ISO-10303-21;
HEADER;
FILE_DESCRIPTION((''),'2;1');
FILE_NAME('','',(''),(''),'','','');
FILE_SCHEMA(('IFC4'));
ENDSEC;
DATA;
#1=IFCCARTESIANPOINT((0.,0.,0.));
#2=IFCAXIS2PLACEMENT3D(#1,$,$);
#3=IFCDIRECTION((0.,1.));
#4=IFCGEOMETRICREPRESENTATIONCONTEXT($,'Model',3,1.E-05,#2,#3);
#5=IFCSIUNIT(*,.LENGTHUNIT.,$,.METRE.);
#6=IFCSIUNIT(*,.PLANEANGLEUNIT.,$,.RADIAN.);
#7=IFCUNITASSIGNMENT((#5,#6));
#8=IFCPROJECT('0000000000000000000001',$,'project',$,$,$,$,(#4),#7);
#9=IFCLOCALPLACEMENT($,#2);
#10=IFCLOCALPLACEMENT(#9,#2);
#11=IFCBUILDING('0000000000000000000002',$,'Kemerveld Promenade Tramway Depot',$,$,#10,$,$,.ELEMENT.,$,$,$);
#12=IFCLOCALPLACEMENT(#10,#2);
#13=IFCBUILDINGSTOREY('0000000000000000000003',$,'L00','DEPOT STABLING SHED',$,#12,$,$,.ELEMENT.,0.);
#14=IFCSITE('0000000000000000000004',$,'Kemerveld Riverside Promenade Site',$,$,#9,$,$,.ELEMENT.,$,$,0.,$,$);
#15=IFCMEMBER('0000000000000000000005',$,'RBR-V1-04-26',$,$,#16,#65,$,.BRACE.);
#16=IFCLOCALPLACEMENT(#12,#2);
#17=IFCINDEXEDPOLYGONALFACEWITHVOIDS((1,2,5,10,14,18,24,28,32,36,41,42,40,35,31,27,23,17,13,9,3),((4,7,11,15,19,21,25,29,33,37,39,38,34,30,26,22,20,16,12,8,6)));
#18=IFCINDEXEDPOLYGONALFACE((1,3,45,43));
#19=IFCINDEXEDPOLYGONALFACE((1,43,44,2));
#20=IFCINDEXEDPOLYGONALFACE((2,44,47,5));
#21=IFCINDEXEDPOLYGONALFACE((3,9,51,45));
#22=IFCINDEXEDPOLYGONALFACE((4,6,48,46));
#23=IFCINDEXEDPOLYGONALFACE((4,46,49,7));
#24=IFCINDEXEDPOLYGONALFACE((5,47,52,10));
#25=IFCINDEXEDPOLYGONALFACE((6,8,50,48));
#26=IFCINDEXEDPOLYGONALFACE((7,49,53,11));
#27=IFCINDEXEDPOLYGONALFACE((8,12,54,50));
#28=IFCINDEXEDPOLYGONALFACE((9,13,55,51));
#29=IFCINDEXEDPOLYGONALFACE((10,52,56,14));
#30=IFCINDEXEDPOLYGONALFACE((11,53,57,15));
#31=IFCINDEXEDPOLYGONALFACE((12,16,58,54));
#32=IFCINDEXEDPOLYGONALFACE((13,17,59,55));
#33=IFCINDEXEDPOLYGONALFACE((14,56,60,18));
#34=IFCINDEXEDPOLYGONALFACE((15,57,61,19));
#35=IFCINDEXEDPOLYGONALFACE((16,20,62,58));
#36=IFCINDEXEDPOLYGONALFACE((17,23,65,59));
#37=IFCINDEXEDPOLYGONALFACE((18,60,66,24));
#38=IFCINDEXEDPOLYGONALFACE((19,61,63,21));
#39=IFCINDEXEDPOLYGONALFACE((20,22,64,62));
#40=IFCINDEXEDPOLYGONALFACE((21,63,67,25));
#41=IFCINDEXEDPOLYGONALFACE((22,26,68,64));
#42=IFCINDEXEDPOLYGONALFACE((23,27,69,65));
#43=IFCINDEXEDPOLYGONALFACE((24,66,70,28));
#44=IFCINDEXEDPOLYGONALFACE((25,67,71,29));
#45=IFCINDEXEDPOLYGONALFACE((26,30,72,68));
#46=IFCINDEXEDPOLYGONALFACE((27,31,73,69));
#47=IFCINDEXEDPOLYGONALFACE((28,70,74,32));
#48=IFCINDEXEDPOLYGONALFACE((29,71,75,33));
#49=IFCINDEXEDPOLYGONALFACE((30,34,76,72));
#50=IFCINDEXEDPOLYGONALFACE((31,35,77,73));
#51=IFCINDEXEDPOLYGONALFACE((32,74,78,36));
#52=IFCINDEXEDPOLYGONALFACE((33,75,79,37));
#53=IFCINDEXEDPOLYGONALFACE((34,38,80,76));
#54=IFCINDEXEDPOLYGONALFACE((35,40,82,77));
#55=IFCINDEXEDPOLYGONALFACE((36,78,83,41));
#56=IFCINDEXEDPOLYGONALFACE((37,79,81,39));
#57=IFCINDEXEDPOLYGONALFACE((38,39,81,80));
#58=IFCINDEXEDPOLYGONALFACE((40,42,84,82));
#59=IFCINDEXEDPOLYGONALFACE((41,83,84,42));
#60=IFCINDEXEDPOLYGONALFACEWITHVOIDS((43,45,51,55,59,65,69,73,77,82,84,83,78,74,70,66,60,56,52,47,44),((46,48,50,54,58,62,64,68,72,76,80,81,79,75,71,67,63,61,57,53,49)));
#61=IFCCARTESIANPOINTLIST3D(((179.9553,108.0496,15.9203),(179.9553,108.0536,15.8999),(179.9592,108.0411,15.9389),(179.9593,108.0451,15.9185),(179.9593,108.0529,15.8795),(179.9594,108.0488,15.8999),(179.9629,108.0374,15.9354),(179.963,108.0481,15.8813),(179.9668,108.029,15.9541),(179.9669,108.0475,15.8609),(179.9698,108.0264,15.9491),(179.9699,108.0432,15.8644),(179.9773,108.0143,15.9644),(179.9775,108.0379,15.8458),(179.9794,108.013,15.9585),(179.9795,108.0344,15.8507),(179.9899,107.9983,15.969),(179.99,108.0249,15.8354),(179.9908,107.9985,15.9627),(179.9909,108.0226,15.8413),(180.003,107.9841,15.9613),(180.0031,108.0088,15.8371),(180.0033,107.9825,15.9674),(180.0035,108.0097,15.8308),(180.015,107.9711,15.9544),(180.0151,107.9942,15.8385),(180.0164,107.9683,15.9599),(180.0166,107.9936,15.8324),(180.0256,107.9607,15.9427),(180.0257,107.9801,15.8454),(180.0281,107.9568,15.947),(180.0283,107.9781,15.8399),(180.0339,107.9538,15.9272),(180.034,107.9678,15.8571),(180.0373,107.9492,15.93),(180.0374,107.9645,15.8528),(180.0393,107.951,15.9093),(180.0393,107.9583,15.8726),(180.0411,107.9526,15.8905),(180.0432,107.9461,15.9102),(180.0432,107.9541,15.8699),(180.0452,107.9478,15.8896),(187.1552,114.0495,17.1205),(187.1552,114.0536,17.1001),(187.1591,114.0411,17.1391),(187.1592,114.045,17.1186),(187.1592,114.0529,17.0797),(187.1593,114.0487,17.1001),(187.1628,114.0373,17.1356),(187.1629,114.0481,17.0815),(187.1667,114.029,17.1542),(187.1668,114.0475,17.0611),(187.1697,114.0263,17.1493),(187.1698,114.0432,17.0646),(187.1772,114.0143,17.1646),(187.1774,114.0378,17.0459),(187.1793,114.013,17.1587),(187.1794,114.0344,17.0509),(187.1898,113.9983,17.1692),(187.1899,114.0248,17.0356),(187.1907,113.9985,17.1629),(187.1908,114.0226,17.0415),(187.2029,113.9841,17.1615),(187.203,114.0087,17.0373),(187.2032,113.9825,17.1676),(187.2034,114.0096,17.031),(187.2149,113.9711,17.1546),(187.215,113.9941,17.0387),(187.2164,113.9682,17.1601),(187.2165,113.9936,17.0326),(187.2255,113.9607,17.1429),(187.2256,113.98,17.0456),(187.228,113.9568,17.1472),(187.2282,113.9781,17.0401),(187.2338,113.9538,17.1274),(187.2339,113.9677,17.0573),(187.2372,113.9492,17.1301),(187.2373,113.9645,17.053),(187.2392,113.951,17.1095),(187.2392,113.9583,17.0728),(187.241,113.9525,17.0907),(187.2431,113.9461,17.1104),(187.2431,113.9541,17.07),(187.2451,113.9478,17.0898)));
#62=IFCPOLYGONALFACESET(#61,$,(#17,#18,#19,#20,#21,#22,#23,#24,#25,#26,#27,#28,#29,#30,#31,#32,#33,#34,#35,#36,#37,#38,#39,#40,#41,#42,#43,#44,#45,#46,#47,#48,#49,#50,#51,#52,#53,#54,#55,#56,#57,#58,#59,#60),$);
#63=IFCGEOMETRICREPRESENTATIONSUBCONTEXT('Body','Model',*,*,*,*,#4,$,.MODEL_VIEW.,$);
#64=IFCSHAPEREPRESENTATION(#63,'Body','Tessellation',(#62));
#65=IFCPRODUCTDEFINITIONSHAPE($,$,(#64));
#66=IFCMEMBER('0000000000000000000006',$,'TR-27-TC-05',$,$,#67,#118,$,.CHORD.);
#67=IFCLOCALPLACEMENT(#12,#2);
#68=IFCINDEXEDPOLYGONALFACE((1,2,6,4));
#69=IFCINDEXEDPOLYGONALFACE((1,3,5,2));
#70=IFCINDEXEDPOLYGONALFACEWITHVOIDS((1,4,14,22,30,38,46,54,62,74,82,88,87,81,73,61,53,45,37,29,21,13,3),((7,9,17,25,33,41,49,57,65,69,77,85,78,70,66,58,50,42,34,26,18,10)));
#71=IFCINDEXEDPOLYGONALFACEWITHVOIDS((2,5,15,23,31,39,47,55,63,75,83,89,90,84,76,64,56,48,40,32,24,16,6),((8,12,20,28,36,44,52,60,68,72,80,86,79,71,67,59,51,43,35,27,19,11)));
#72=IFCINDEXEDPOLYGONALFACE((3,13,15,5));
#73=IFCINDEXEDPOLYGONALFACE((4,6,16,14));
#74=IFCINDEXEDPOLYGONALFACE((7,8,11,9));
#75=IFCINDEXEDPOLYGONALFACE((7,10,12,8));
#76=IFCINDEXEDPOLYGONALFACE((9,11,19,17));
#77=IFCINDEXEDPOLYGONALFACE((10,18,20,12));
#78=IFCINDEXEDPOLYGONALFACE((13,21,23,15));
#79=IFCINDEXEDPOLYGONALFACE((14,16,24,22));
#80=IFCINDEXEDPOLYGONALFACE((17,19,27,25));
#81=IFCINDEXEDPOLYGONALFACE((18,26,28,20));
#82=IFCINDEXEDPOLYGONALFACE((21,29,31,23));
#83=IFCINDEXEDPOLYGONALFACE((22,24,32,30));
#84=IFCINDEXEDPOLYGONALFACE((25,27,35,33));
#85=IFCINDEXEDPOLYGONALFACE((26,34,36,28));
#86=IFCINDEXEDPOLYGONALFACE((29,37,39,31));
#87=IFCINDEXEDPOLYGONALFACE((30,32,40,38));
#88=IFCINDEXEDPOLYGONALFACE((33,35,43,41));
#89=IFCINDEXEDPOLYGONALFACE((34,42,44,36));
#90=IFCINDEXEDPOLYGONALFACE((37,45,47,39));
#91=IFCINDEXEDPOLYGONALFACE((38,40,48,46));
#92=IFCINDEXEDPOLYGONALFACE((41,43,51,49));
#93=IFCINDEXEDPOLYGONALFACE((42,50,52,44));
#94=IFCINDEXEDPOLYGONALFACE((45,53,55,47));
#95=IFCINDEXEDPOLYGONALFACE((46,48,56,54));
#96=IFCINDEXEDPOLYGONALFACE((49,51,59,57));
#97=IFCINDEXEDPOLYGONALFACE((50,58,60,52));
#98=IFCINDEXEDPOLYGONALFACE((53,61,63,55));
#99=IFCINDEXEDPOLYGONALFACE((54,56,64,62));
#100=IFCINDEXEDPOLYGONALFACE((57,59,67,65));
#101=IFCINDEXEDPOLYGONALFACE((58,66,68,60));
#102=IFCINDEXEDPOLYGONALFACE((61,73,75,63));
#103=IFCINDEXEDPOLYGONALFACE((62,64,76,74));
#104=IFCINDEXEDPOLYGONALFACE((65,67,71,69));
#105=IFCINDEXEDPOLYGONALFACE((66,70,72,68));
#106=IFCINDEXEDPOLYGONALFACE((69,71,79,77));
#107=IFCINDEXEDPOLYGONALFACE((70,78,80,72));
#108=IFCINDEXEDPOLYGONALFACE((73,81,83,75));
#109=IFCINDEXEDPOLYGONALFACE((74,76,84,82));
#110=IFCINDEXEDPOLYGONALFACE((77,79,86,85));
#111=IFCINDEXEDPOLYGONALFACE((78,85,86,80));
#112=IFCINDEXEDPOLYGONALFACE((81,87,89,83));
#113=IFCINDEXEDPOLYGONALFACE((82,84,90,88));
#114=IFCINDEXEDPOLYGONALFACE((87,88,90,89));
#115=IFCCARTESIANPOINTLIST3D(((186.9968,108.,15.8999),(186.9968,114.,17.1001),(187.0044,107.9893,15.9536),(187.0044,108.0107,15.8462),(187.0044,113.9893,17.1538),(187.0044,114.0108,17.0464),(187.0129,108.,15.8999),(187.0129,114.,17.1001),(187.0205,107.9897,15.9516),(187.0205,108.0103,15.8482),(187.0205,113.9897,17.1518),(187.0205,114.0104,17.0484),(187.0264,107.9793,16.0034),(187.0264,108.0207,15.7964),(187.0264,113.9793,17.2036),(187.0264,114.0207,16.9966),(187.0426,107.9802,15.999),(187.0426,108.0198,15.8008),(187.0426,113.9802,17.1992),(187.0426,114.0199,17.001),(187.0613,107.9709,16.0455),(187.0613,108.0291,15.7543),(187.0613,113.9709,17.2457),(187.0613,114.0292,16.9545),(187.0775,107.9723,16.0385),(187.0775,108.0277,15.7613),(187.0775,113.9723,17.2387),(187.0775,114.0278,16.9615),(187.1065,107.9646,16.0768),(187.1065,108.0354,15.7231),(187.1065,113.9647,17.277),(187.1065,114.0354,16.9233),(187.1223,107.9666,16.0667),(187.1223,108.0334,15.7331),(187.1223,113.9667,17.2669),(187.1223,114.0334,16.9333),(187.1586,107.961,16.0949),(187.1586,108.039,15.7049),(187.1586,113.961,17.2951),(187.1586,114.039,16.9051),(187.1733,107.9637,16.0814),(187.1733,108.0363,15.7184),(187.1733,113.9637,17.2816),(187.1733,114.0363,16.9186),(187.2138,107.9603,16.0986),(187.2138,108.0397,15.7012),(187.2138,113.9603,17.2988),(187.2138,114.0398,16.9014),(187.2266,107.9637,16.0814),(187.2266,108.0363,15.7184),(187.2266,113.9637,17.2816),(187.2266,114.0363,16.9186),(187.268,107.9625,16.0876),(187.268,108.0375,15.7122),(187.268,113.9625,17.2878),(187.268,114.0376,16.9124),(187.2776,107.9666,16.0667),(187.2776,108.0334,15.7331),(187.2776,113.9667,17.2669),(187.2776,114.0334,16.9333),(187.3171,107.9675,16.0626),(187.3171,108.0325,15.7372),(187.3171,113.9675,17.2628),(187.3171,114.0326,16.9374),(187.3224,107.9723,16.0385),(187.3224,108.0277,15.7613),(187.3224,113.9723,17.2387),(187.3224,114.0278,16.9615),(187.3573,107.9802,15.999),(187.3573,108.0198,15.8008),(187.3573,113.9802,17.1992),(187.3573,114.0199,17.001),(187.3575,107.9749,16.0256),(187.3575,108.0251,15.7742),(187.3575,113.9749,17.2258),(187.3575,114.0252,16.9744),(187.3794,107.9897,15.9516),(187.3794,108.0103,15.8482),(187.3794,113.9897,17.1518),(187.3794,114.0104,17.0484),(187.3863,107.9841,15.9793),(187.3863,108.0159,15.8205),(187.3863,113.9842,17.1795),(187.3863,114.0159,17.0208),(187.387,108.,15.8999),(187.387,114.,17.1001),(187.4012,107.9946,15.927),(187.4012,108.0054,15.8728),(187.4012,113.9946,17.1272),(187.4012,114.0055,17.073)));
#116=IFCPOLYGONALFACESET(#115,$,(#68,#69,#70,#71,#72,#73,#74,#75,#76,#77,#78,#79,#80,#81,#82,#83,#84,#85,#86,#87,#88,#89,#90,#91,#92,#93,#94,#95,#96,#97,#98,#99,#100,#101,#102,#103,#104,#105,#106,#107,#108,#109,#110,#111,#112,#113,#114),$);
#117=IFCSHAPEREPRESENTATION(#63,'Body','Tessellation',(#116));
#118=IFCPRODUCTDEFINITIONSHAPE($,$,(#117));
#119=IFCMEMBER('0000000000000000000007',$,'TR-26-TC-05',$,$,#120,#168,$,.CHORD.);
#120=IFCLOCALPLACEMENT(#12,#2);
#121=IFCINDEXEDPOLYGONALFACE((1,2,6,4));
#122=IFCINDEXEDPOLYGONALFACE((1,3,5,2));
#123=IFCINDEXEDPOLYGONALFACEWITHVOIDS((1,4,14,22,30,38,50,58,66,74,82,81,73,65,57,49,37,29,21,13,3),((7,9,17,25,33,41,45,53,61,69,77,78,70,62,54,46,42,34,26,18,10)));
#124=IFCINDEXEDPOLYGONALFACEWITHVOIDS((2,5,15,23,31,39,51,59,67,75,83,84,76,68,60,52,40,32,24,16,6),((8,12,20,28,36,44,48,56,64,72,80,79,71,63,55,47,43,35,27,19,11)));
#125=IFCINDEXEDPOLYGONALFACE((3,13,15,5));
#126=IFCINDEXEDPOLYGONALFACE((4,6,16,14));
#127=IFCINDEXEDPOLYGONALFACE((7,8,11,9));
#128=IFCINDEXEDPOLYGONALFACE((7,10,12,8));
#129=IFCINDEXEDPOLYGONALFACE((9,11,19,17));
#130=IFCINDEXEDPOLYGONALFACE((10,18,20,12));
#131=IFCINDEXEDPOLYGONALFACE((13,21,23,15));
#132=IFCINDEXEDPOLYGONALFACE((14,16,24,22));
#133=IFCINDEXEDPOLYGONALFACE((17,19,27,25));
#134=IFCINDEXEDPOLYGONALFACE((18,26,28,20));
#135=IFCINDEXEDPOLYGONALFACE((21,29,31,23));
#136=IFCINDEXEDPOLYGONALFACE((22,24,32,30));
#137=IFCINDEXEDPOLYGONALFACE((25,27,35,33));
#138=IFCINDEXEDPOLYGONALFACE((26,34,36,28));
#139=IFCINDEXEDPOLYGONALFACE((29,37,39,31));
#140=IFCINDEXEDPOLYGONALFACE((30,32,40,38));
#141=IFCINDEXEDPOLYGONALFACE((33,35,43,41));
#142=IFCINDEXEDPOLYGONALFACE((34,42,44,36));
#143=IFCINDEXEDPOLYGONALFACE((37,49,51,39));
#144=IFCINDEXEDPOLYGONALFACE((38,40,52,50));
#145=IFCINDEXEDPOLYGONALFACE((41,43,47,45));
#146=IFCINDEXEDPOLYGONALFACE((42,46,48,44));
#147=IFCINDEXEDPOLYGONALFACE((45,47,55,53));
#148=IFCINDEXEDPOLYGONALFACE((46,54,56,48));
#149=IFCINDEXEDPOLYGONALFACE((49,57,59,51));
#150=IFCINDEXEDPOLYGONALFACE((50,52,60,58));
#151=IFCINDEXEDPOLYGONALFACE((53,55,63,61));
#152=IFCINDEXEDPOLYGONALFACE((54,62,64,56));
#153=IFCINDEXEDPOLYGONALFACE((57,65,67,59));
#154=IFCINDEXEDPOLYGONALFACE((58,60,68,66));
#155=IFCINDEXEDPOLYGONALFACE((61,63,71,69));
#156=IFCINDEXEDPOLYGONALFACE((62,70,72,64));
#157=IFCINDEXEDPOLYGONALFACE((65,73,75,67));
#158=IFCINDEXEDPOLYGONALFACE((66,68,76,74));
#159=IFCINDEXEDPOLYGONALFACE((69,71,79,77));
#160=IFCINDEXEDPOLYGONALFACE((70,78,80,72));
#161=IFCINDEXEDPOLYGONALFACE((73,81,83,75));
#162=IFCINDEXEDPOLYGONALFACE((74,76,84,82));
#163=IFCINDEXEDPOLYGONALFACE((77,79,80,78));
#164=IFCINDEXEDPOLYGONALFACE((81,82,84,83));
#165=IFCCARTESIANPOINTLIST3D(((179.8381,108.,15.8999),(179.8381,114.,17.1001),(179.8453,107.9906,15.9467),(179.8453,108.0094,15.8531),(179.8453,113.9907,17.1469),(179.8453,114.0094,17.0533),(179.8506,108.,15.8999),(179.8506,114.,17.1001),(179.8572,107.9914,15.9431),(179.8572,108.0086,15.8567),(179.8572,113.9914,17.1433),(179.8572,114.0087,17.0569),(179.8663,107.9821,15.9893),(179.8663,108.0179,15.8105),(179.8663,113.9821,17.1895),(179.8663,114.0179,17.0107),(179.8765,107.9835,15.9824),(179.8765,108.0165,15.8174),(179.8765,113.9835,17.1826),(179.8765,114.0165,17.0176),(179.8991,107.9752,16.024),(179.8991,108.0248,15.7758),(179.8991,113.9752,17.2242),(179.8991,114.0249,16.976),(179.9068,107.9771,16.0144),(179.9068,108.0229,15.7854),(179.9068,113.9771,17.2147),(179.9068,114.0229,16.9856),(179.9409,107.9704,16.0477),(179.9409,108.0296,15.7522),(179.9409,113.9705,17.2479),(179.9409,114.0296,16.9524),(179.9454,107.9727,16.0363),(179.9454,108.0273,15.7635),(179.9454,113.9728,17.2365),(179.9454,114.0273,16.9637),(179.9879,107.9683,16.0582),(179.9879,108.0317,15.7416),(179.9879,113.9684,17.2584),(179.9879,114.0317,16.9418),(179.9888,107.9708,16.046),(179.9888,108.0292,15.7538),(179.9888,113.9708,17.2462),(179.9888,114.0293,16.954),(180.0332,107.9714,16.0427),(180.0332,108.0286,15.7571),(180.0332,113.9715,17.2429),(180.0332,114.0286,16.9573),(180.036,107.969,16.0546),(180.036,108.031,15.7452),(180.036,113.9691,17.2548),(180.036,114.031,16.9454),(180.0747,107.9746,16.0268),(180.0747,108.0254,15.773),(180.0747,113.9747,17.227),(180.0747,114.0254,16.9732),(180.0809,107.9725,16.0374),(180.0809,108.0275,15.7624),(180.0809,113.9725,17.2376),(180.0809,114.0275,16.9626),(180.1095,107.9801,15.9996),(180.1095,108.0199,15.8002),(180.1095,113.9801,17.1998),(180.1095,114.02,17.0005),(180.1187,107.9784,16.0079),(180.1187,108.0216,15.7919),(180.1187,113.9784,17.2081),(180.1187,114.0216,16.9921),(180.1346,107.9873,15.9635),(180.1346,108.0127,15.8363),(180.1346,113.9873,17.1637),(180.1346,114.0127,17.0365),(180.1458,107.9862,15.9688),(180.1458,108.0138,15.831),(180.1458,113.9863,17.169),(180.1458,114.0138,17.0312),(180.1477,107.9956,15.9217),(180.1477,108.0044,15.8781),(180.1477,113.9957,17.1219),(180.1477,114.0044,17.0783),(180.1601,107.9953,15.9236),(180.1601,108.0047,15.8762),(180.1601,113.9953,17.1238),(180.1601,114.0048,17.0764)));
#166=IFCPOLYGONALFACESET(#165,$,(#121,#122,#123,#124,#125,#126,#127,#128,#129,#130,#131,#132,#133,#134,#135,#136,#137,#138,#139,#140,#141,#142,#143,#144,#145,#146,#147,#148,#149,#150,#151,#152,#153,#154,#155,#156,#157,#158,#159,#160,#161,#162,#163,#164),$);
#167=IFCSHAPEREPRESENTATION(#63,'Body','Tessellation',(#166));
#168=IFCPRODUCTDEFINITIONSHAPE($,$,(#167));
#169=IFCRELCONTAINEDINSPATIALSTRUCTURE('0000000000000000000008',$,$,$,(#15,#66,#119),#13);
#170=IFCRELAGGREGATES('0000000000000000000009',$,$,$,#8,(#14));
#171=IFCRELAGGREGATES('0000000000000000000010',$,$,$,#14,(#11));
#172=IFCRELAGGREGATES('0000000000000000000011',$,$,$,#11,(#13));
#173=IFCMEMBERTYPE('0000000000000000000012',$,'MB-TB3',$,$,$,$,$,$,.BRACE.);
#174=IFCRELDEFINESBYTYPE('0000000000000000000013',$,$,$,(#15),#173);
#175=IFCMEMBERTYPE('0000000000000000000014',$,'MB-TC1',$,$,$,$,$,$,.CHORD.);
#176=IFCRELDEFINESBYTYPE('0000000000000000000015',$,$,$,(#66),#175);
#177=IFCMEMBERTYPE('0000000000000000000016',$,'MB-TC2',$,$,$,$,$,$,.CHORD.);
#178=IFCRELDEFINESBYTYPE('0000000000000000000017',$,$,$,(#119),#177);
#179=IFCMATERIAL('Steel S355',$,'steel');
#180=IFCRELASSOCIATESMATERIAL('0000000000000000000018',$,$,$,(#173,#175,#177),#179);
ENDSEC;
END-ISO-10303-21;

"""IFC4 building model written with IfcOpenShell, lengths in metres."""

from ifc_helpers import new_model, si_unit, direction, frame, origin, origin_2d, place, context, subcontext, project, spatial, hollow_circle, extrude, material, material_profile, profile_set, type_object, element, save


model = new_model("IFC4")

# Units and contexts
model_context = context("Model", 3, precision=1e-05, world=origin(), true_north=direction((0.0, 1.0)))
body_context = subcontext(model_context, "Body", "Model", "MODEL_VIEW")
ifc_project = project(units=[si_unit("LENGTHUNIT", "METRE"), si_unit("PLANEANGLEUNIT", "RADIAN")], contexts=[model_context])

# Site, building, storey
site_placement = place(None, origin())
site = spatial("IfcSite", under=ifc_project, at=site_placement, Name="Kemerveld Riverside Promenade Site", CompositionType="ELEMENT", RefElevation=0.0)
building_placement = place(site_placement, origin())
building = spatial("IfcBuilding", under=site, at=building_placement, Name="Kemerveld Promenade Tramway Depot", CompositionType="ELEMENT")
storey_placement = place(building_placement, origin())
storey = spatial("IfcBuildingStorey", under=building, at=storey_placement, Name="L00", Description="DEPOT STABLING SHED", CompositionType="ELEMENT", Elevation=0.0)

# Shared definitions
ifc_material_1 = material(Name="Steel S355", Category="steel")

# Members
ifc_material_profile_1 = material_profile(ifc_material_1, hollow_circle(Radius=0.0698, WallThickness=0.0063, at=origin_2d()), Name="139.7x6.3 CHS")
ifc_profile_set_1 = profile_set([ifc_material_profile_1], Name="Steel S355")
member_type_1 = type_object("IfcMemberType", Name="MB-TB3", PredefinedType="BRACE", material=ifc_profile_set_1)
member_1_placement = place(storey_placement, frame((180.0, 108.0, 15.8999), z_axis=(0.761997, 0.635001, 0.127021), x_axis=(-0.640187, 0.768219, 0.0)))
element("IfcMember", 1, at=member_1_placement, inside=storey, type_object=member_type_1, Name="RBR-V1-04-26", PredefinedType="BRACE", context=body_context, shape_type="SweptSolid", body=[
    extrude(hollow_circle(Radius=0.0698, WallThickness=0.0063, at=origin_2d()), origin(), (0.0, 0.0, 1.0), 9.4487),
])
ifc_material_profile_2 = material_profile(ifc_material_1, hollow_circle(Radius=0.2031, WallThickness=0.0161, at=origin_2d()), Name="406.4x16.0 CHS")
ifc_profile_set_2 = profile_set([ifc_material_profile_2], Name="Steel S355")
member_type_2 = type_object("IfcMemberType", Name="MB-TC1", PredefinedType="CHORD", material=ifc_profile_set_2)
member_2_placement = place(storey_placement, frame((187.2, 108.0, 15.8999), z_axis=(0.0, 0.980575, 0.196147), x_axis=(-1.0, 0.0, 0.0)))
element("IfcMember", 2, at=member_2_placement, inside=storey, type_object=member_type_2, Name="TR-27-TC-05", PredefinedType="CHORD", context=body_context, shape_type="SweptSolid", body=[
    extrude(hollow_circle(Radius=0.2031, WallThickness=0.0161, at=origin_2d()), origin(), (0.0, 0.0, 1.0), 6.1189),
])
ifc_material_profile_3 = material_profile(ifc_material_1, hollow_circle(Radius=0.1619, WallThickness=0.0125, at=origin_2d()), Name="323.9x12.5 CHS")
ifc_profile_set_3 = profile_set([ifc_material_profile_3], Name="Steel S355")
member_type_3 = type_object("IfcMemberType", Name="MB-TC2", PredefinedType="CHORD", material=ifc_profile_set_3)
member_3_placement = place(storey_placement, frame((180.0, 108.0, 15.8999), z_axis=(0.0, 0.980575, 0.196147), x_axis=(-1.0, 0.0, 0.0)))
element("IfcMember", 3, at=member_3_placement, inside=storey, type_object=member_type_3, Name="TR-26-TC-05", PredefinedType="CHORD", context=body_context, shape_type="SweptSolid", body=[
    extrude(hollow_circle(Radius=0.1619, WallThickness=0.0125, at=origin_2d()), origin(), (0.0, 0.0, 1.0), 6.1189),
])

save(model, "model.ifc")
